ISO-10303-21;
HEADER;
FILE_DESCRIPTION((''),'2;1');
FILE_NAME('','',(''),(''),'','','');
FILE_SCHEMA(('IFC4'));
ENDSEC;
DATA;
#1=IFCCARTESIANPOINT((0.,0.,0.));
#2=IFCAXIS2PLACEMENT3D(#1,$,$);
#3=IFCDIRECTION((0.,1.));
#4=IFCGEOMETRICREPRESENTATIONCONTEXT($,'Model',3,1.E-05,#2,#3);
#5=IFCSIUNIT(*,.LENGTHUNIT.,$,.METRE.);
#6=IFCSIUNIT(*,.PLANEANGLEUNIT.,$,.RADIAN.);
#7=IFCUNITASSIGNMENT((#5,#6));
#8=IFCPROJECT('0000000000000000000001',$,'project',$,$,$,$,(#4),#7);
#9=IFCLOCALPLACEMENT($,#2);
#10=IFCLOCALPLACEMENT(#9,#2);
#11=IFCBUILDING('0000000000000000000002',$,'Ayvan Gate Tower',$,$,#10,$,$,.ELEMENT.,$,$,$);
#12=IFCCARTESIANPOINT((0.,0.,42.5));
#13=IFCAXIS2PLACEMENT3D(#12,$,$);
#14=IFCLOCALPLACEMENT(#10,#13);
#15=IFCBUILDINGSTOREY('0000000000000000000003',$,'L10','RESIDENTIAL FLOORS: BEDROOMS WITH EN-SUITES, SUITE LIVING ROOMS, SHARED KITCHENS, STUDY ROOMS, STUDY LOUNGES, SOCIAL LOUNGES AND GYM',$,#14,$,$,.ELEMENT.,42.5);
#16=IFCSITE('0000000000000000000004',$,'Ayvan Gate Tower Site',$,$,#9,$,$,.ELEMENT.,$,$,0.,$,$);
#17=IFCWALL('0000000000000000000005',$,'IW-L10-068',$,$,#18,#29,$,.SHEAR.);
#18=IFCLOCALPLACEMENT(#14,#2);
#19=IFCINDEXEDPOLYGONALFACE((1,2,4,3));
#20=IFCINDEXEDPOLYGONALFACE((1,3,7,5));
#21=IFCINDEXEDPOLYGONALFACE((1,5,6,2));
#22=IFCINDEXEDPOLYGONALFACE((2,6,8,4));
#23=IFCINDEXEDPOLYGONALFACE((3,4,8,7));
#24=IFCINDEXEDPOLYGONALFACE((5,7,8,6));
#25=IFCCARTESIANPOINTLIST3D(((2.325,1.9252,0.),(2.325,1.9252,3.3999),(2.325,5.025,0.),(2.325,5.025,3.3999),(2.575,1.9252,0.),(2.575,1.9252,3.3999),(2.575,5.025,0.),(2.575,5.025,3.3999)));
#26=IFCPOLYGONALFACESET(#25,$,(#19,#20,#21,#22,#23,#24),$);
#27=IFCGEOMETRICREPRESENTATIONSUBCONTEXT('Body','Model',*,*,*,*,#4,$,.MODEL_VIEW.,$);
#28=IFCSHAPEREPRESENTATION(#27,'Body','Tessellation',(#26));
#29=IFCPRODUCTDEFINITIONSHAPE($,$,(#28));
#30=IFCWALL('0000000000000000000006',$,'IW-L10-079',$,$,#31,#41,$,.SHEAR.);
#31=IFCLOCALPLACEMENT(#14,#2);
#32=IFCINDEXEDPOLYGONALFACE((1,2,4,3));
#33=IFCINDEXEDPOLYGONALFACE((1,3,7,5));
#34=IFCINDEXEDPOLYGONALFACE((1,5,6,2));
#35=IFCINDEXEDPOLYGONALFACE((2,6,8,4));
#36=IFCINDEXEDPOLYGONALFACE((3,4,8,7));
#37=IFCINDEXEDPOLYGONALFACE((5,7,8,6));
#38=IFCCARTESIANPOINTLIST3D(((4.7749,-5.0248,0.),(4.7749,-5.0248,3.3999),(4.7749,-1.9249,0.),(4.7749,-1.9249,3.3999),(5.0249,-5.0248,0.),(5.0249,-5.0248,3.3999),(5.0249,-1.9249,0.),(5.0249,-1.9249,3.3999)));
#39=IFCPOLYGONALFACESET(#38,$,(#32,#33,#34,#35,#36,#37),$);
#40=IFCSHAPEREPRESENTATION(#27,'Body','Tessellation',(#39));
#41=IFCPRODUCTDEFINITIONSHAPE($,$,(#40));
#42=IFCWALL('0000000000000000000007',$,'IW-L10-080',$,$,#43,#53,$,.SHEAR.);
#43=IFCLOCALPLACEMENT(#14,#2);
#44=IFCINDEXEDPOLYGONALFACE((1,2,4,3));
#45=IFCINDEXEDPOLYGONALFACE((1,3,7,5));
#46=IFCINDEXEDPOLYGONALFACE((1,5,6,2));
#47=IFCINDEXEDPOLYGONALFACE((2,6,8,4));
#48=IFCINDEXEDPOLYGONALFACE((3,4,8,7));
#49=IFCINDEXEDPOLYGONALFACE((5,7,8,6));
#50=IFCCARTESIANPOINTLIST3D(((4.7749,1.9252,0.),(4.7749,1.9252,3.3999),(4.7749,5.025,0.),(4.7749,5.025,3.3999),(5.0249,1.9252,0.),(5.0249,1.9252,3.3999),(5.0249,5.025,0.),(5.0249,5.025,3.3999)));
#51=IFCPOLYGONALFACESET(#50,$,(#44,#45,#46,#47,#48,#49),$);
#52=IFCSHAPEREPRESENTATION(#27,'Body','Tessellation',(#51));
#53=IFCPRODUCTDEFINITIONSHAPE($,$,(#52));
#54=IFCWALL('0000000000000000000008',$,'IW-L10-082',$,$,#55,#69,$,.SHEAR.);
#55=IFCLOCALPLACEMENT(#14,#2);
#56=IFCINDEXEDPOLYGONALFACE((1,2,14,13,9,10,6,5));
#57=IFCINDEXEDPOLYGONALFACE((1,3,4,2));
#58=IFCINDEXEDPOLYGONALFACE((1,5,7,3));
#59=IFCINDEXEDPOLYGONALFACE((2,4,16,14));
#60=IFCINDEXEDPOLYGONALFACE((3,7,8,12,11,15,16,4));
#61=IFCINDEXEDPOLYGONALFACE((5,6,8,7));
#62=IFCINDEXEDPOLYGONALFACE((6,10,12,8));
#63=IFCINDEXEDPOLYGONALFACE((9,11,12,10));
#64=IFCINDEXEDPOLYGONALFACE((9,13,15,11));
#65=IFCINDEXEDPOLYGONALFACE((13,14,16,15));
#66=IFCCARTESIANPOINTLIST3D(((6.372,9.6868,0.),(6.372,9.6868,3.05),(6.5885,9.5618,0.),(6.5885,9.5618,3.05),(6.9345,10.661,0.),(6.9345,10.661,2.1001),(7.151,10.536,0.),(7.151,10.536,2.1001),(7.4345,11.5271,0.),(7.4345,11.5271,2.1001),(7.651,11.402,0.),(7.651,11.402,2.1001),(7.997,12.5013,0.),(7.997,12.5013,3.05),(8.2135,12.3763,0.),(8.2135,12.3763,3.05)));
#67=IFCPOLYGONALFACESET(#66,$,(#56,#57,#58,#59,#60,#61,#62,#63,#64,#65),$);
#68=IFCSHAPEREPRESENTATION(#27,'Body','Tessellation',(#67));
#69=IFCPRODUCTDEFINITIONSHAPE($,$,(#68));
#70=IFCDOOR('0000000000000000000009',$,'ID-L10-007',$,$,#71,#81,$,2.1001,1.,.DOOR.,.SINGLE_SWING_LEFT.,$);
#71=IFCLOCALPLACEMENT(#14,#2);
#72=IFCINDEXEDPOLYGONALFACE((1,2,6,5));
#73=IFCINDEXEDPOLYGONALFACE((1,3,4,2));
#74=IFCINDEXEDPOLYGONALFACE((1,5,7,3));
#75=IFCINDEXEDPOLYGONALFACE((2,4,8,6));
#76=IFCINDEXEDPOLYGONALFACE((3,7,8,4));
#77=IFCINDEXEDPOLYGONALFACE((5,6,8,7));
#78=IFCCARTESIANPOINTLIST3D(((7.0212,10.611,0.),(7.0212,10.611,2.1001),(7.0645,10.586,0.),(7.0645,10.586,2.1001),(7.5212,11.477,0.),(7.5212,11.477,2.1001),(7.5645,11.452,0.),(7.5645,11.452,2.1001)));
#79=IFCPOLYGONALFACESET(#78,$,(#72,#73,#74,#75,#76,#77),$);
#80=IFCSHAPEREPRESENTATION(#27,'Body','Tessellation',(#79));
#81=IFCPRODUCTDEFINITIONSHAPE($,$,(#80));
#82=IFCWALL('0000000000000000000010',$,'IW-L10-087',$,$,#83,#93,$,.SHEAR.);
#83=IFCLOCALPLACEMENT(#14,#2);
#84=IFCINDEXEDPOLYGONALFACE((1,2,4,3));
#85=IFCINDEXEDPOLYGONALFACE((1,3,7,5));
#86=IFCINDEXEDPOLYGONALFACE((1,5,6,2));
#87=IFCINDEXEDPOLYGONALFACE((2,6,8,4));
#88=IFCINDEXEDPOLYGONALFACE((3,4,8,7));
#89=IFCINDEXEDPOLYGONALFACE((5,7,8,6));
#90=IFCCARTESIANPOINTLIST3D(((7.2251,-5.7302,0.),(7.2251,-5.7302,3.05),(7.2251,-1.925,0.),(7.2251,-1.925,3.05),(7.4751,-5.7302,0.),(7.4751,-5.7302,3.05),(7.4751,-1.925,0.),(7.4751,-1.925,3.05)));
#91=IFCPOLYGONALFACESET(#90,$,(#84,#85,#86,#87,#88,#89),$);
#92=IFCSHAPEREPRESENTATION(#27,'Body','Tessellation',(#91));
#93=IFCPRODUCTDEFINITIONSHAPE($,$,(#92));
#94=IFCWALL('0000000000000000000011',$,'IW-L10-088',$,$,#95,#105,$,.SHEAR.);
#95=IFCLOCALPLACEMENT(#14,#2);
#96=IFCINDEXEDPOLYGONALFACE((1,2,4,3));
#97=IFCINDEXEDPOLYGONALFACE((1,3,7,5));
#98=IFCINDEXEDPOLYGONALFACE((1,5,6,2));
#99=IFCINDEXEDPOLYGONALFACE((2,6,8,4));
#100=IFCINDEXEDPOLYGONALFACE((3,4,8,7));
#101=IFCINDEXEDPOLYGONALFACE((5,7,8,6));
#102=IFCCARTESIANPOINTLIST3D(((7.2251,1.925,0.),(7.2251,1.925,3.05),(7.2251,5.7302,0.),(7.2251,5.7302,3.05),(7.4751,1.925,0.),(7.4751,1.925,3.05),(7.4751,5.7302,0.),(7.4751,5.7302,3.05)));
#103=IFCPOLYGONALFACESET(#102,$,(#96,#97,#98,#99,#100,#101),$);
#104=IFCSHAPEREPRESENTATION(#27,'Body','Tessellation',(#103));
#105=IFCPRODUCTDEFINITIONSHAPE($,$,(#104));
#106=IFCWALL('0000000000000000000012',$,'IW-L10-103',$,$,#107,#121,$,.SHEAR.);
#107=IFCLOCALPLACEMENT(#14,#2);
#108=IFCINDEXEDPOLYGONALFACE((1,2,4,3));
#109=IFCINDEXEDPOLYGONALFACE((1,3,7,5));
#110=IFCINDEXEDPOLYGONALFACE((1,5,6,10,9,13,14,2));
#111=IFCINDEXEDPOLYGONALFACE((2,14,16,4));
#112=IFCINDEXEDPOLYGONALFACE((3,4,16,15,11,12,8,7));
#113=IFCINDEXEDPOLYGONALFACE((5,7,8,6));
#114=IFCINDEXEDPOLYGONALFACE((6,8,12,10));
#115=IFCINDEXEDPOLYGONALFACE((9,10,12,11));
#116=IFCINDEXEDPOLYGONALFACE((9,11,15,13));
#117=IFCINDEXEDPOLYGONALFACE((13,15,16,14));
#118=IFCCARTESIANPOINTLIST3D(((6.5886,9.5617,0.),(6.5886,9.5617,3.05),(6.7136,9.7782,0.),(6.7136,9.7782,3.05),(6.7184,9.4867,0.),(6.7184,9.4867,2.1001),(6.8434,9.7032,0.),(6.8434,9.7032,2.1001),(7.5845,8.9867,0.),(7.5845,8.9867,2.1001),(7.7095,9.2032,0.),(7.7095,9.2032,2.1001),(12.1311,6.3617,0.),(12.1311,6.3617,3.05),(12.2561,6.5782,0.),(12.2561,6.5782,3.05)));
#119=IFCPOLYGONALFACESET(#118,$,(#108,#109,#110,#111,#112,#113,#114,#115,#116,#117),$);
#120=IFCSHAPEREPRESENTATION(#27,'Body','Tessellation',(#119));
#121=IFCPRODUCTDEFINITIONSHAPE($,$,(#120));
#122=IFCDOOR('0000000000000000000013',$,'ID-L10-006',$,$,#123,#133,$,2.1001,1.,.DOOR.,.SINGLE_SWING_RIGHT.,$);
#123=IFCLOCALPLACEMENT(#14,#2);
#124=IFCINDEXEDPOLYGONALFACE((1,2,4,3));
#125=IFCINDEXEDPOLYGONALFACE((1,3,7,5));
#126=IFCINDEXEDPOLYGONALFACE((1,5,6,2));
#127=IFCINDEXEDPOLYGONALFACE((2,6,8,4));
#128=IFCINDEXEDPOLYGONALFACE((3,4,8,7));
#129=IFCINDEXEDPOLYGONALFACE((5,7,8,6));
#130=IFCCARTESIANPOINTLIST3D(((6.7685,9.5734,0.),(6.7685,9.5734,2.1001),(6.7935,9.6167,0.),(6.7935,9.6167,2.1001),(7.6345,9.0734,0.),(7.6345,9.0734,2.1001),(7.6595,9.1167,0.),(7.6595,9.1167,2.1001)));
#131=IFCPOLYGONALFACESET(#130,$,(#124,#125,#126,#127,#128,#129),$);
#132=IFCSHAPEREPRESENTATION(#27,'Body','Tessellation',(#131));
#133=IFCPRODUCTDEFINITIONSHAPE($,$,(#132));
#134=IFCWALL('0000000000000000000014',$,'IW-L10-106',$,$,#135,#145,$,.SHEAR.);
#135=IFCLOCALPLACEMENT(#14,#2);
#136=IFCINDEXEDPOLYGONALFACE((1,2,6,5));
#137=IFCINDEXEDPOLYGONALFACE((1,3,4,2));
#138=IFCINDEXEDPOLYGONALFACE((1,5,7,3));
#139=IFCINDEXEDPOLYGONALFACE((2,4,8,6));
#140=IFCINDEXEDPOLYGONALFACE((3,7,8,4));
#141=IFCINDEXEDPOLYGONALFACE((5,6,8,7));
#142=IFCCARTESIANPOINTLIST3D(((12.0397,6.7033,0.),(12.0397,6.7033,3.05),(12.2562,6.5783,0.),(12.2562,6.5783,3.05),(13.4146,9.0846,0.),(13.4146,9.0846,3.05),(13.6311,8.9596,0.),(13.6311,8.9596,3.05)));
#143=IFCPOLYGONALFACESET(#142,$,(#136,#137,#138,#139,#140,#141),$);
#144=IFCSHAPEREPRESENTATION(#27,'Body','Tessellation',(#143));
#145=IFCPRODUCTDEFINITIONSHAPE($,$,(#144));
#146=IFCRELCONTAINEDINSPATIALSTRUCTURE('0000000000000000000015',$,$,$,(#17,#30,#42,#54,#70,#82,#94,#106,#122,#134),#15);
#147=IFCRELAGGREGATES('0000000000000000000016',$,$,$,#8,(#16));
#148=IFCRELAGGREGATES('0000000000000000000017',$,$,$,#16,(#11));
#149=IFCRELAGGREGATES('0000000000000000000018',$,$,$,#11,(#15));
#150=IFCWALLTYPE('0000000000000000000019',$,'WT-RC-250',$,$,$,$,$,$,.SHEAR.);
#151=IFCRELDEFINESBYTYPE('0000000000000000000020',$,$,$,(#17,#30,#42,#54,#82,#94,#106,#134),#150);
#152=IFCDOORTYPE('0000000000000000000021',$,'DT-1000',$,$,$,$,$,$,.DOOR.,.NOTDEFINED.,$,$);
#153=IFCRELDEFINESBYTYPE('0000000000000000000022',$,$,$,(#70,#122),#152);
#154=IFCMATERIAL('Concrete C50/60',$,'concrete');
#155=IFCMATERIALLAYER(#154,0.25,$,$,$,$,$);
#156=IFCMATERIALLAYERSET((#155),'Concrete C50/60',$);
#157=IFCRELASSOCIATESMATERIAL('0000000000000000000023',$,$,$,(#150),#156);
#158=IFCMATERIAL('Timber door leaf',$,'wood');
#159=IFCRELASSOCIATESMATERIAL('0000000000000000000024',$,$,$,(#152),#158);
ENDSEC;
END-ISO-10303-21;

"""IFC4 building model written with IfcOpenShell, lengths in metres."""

from ifc_helpers import new_model, si_unit, direction, frame, frame_2d, origin, place, context, subcontext, project, spatial, rectangle, extrude, material, layer, layer_set, type_object, element, fill, save


model = new_model("IFC4")

# Units and contexts
model_context = context("Model", 3, precision=1e-05, world=origin(), true_north=direction((0.0, 1.0)))
body_context = subcontext(model_context, "Body", "Model", "MODEL_VIEW")
ifc_project = project(units=[si_unit("LENGTHUNIT", "METRE"), si_unit("PLANEANGLEUNIT", "RADIAN")], contexts=[model_context])

# Site, building, storey
site_placement = place(None, origin())
site = spatial("IfcSite", under=ifc_project, at=site_placement, Name="Ayvan Gate Tower Site", CompositionType="ELEMENT", RefElevation=0.0)
building_placement = place(site_placement, origin())
building = spatial("IfcBuilding", under=site, at=building_placement, Name="Ayvan Gate Tower", CompositionType="ELEMENT")
storey_placement = place(building_placement, frame((0.0, 0.0, 42.5)))
storey = spatial("IfcBuildingStorey", under=building, at=storey_placement, Name="L10", Description="RESIDENTIAL FLOORS: BEDROOMS WITH EN-SUITES, SUITE LIVING ROOMS, SHARED KITCHENS, STUDY ROOMS, STUDY LOUNGES, SOCIAL LOUNGES AND GYM", CompositionType="ELEMENT", Elevation=42.5)

# Shared definitions
ifc_material_1 = material(Name="Timber door leaf", Category="wood")

# Walls
ifc_material_2 = material(Name="Concrete C50/60", Category="concrete")
ifc_layer_1 = layer(ifc_material_2, 0.25)
ifc_layer_set_1 = layer_set([ifc_layer_1], Name="Concrete C50/60")
wall_type_1 = type_object("IfcWallType", Name="WT-RC-250", PredefinedType="SHEAR", material=ifc_layer_set_1)
for number, where, z_axis, x_axis, name in (
    (1, (2.45, 5.0249, 0.0), (0.0, 0.0, 1.0), (0.0, -1.0, 0.0), "IW-L10-068"),
    (2, (4.8999, -1.925, 0.0), (0.0, 0.0, 1.0), (0.0, -1.0, 0.0), "IW-L10-079"),
    (3, (4.8999, 5.0249, 0.0), (0.0, 0.0, 1.0), (0.0, -1.0, 0.0), "IW-L10-080"),
):
    element("IfcWall", number, at=place(storey_placement, frame(where, z_axis=z_axis, x_axis=x_axis)), inside=storey, type_object=wall_type_1, Name=name, PredefinedType="SHEAR", context=body_context, shape_type="SweptSolid", body=[
        extrude(rectangle(XDim=3.0999, YDim=0.25, at=frame_2d((1.5498, 0.0))), origin(), (0.0, 0.0, 1.0), 3.3999),
    ])

# Wall, opening, door
wall_1_placement = place(storey_placement, frame((6.4802, 9.6243, 0.0), z_axis=(0.0, 0.0, 1.0), x_axis=(0.500017, 0.866015, 0.0)))
wall_1 = element("IfcWall", 4, at=wall_1_placement, inside=storey, type_object=wall_type_1, Name="IW-L10-082", PredefinedType="SHEAR", context=body_context, shape_type="SweptSolid", body=[
    extrude(rectangle(XDim=3.25, YDim=0.25, at=frame_2d((1.625, 0.0))), origin(), (0.0, 0.0, 1.0), 3.05),
])
opening_1_placement = place(wall_1_placement, frame((1.125, 0.0, 0.0)))
opening_1 = element("IfcOpeningElement", 5, at=opening_1_placement, cuts=wall_1, PredefinedType="OPENING", context=body_context, shape_type="SweptSolid", body=[
    extrude(rectangle(XDim=1.0, YDim=2.1001, at=frame_2d((0.5, 1.05))), frame((0.0, 0.135, 0.0), z_axis=(0.0, -1.0, 0.0), x_axis=(1.0, 0.0, 0.0)), (0.0, 0.0, 1.0), 0.27),
])
door_type_1 = type_object("IfcDoorType", Name="DT-1000", OperationType="NOTDEFINED", PredefinedType="DOOR", material=ifc_material_1)
door_1_placement = place(opening_1_placement, origin())
door_1 = element("IfcDoor", 6, at=door_1_placement, inside=storey, type_object=door_type_1, Name="ID-L10-007", OperationType="SINGLE_SWING_LEFT", OverallHeight=2.1001, OverallWidth=1.0, PredefinedType="DOOR", context=body_context, shape_type="SweptSolid", body=[
    extrude(rectangle(XDim=1.0, YDim=2.1001, at=frame_2d((0.5, 1.05))), frame((0.0, 0.0249, 0.0), z_axis=(0.0, -1.0, 0.0), x_axis=(1.0, 0.0, 0.0)), (0.0, 0.0, 1.0), 0.05),
])
fill(opening_1, door_1)

# Walls
for number, where, z_axis, x_axis, name in (
    (7, (7.3501, -1.925, 0.0), (0.0, 0.0, 1.0), (0.0, -1.0, 0.0), "IW-L10-087"),
    (8, (7.3501, 5.7302, 0.0), (0.0, 0.0, 1.0), (0.0, -1.0, 0.0), "IW-L10-088"),
):
    element("IfcWall", number, at=place(storey_placement, frame(where, z_axis=z_axis, x_axis=x_axis)), inside=storey, type_object=wall_type_1, Name=name, PredefinedType="SHEAR", context=body_context, shape_type="SweptSolid", body=[
        extrude(rectangle(XDim=3.8052, YDim=0.25, at=frame_2d((1.9026, 0.0))), origin(), (0.0, 0.0, 1.0), 3.05),
    ])

# Wall, opening, door
wall_2_placement = place(storey_placement, frame((12.1936, 6.47, 0.0), z_axis=(0.0, 0.0, 1.0), x_axis=(-0.866025, 0.5, 0.0)))
wall_2 = element("IfcWall", 9, at=wall_2_placement, inside=storey, type_object=wall_type_1, Name="IW-L10-103", PredefinedType="SHEAR", context=body_context, shape_type="SweptSolid", body=[
    extrude(rectangle(XDim=6.3999, YDim=0.25, at=frame_2d((3.2, 0.0))), origin(), (0.0, 0.0, 1.0), 3.05),
])
opening_2_placement = place(wall_2_placement, frame((5.25, 0.0, 0.0)))
opening_2 = element("IfcOpeningElement", 10, at=opening_2_placement, cuts=wall_2, PredefinedType="OPENING", context=body_context, shape_type="SweptSolid", body=[
    extrude(rectangle(XDim=1.0, YDim=2.1001, at=frame_2d((0.5, 1.05))), frame((0.0, 0.135, 0.0), z_axis=(0.0, -1.0, 0.0), x_axis=(1.0, 0.0, 0.0)), (0.0, 0.0, 1.0), 0.27),
])
door_2_placement = place(opening_2_placement, origin())
door_2 = element("IfcDoor", 11, at=door_2_placement, inside=storey, type_object=door_type_1, Name="ID-L10-006", OperationType="SINGLE_SWING_RIGHT", OverallHeight=2.1001, OverallWidth=1.0, PredefinedType="DOOR", context=body_context, shape_type="SweptSolid", body=[
    extrude(rectangle(XDim=1.0, YDim=2.1001, at=frame_2d((0.5, 1.05))), frame((0.0, 0.0249, 0.0), z_axis=(0.0, -1.0, 0.0), x_axis=(1.0, 0.0, 0.0)), (0.0, 0.0, 1.0), 0.05),
])
fill(opening_2, door_2)

# Wall
wall_3_placement = place(storey_placement, frame((13.5229, 9.0222, 0.0), z_axis=(0.0, 0.0, 1.0), x_axis=(-0.500035, -0.866005, 0.0)))
element("IfcWall", 12, at=wall_3_placement, inside=storey, type_object=wall_type_1, Name="IW-L10-106", PredefinedType="SHEAR", context=body_context, shape_type="SweptSolid", body=[
    extrude(rectangle(XDim=2.7498, YDim=0.25, at=frame_2d((1.375, 0.0))), origin(), (0.0, 0.0, 1.0), 3.05),
])

save(model, "model.ifc")
